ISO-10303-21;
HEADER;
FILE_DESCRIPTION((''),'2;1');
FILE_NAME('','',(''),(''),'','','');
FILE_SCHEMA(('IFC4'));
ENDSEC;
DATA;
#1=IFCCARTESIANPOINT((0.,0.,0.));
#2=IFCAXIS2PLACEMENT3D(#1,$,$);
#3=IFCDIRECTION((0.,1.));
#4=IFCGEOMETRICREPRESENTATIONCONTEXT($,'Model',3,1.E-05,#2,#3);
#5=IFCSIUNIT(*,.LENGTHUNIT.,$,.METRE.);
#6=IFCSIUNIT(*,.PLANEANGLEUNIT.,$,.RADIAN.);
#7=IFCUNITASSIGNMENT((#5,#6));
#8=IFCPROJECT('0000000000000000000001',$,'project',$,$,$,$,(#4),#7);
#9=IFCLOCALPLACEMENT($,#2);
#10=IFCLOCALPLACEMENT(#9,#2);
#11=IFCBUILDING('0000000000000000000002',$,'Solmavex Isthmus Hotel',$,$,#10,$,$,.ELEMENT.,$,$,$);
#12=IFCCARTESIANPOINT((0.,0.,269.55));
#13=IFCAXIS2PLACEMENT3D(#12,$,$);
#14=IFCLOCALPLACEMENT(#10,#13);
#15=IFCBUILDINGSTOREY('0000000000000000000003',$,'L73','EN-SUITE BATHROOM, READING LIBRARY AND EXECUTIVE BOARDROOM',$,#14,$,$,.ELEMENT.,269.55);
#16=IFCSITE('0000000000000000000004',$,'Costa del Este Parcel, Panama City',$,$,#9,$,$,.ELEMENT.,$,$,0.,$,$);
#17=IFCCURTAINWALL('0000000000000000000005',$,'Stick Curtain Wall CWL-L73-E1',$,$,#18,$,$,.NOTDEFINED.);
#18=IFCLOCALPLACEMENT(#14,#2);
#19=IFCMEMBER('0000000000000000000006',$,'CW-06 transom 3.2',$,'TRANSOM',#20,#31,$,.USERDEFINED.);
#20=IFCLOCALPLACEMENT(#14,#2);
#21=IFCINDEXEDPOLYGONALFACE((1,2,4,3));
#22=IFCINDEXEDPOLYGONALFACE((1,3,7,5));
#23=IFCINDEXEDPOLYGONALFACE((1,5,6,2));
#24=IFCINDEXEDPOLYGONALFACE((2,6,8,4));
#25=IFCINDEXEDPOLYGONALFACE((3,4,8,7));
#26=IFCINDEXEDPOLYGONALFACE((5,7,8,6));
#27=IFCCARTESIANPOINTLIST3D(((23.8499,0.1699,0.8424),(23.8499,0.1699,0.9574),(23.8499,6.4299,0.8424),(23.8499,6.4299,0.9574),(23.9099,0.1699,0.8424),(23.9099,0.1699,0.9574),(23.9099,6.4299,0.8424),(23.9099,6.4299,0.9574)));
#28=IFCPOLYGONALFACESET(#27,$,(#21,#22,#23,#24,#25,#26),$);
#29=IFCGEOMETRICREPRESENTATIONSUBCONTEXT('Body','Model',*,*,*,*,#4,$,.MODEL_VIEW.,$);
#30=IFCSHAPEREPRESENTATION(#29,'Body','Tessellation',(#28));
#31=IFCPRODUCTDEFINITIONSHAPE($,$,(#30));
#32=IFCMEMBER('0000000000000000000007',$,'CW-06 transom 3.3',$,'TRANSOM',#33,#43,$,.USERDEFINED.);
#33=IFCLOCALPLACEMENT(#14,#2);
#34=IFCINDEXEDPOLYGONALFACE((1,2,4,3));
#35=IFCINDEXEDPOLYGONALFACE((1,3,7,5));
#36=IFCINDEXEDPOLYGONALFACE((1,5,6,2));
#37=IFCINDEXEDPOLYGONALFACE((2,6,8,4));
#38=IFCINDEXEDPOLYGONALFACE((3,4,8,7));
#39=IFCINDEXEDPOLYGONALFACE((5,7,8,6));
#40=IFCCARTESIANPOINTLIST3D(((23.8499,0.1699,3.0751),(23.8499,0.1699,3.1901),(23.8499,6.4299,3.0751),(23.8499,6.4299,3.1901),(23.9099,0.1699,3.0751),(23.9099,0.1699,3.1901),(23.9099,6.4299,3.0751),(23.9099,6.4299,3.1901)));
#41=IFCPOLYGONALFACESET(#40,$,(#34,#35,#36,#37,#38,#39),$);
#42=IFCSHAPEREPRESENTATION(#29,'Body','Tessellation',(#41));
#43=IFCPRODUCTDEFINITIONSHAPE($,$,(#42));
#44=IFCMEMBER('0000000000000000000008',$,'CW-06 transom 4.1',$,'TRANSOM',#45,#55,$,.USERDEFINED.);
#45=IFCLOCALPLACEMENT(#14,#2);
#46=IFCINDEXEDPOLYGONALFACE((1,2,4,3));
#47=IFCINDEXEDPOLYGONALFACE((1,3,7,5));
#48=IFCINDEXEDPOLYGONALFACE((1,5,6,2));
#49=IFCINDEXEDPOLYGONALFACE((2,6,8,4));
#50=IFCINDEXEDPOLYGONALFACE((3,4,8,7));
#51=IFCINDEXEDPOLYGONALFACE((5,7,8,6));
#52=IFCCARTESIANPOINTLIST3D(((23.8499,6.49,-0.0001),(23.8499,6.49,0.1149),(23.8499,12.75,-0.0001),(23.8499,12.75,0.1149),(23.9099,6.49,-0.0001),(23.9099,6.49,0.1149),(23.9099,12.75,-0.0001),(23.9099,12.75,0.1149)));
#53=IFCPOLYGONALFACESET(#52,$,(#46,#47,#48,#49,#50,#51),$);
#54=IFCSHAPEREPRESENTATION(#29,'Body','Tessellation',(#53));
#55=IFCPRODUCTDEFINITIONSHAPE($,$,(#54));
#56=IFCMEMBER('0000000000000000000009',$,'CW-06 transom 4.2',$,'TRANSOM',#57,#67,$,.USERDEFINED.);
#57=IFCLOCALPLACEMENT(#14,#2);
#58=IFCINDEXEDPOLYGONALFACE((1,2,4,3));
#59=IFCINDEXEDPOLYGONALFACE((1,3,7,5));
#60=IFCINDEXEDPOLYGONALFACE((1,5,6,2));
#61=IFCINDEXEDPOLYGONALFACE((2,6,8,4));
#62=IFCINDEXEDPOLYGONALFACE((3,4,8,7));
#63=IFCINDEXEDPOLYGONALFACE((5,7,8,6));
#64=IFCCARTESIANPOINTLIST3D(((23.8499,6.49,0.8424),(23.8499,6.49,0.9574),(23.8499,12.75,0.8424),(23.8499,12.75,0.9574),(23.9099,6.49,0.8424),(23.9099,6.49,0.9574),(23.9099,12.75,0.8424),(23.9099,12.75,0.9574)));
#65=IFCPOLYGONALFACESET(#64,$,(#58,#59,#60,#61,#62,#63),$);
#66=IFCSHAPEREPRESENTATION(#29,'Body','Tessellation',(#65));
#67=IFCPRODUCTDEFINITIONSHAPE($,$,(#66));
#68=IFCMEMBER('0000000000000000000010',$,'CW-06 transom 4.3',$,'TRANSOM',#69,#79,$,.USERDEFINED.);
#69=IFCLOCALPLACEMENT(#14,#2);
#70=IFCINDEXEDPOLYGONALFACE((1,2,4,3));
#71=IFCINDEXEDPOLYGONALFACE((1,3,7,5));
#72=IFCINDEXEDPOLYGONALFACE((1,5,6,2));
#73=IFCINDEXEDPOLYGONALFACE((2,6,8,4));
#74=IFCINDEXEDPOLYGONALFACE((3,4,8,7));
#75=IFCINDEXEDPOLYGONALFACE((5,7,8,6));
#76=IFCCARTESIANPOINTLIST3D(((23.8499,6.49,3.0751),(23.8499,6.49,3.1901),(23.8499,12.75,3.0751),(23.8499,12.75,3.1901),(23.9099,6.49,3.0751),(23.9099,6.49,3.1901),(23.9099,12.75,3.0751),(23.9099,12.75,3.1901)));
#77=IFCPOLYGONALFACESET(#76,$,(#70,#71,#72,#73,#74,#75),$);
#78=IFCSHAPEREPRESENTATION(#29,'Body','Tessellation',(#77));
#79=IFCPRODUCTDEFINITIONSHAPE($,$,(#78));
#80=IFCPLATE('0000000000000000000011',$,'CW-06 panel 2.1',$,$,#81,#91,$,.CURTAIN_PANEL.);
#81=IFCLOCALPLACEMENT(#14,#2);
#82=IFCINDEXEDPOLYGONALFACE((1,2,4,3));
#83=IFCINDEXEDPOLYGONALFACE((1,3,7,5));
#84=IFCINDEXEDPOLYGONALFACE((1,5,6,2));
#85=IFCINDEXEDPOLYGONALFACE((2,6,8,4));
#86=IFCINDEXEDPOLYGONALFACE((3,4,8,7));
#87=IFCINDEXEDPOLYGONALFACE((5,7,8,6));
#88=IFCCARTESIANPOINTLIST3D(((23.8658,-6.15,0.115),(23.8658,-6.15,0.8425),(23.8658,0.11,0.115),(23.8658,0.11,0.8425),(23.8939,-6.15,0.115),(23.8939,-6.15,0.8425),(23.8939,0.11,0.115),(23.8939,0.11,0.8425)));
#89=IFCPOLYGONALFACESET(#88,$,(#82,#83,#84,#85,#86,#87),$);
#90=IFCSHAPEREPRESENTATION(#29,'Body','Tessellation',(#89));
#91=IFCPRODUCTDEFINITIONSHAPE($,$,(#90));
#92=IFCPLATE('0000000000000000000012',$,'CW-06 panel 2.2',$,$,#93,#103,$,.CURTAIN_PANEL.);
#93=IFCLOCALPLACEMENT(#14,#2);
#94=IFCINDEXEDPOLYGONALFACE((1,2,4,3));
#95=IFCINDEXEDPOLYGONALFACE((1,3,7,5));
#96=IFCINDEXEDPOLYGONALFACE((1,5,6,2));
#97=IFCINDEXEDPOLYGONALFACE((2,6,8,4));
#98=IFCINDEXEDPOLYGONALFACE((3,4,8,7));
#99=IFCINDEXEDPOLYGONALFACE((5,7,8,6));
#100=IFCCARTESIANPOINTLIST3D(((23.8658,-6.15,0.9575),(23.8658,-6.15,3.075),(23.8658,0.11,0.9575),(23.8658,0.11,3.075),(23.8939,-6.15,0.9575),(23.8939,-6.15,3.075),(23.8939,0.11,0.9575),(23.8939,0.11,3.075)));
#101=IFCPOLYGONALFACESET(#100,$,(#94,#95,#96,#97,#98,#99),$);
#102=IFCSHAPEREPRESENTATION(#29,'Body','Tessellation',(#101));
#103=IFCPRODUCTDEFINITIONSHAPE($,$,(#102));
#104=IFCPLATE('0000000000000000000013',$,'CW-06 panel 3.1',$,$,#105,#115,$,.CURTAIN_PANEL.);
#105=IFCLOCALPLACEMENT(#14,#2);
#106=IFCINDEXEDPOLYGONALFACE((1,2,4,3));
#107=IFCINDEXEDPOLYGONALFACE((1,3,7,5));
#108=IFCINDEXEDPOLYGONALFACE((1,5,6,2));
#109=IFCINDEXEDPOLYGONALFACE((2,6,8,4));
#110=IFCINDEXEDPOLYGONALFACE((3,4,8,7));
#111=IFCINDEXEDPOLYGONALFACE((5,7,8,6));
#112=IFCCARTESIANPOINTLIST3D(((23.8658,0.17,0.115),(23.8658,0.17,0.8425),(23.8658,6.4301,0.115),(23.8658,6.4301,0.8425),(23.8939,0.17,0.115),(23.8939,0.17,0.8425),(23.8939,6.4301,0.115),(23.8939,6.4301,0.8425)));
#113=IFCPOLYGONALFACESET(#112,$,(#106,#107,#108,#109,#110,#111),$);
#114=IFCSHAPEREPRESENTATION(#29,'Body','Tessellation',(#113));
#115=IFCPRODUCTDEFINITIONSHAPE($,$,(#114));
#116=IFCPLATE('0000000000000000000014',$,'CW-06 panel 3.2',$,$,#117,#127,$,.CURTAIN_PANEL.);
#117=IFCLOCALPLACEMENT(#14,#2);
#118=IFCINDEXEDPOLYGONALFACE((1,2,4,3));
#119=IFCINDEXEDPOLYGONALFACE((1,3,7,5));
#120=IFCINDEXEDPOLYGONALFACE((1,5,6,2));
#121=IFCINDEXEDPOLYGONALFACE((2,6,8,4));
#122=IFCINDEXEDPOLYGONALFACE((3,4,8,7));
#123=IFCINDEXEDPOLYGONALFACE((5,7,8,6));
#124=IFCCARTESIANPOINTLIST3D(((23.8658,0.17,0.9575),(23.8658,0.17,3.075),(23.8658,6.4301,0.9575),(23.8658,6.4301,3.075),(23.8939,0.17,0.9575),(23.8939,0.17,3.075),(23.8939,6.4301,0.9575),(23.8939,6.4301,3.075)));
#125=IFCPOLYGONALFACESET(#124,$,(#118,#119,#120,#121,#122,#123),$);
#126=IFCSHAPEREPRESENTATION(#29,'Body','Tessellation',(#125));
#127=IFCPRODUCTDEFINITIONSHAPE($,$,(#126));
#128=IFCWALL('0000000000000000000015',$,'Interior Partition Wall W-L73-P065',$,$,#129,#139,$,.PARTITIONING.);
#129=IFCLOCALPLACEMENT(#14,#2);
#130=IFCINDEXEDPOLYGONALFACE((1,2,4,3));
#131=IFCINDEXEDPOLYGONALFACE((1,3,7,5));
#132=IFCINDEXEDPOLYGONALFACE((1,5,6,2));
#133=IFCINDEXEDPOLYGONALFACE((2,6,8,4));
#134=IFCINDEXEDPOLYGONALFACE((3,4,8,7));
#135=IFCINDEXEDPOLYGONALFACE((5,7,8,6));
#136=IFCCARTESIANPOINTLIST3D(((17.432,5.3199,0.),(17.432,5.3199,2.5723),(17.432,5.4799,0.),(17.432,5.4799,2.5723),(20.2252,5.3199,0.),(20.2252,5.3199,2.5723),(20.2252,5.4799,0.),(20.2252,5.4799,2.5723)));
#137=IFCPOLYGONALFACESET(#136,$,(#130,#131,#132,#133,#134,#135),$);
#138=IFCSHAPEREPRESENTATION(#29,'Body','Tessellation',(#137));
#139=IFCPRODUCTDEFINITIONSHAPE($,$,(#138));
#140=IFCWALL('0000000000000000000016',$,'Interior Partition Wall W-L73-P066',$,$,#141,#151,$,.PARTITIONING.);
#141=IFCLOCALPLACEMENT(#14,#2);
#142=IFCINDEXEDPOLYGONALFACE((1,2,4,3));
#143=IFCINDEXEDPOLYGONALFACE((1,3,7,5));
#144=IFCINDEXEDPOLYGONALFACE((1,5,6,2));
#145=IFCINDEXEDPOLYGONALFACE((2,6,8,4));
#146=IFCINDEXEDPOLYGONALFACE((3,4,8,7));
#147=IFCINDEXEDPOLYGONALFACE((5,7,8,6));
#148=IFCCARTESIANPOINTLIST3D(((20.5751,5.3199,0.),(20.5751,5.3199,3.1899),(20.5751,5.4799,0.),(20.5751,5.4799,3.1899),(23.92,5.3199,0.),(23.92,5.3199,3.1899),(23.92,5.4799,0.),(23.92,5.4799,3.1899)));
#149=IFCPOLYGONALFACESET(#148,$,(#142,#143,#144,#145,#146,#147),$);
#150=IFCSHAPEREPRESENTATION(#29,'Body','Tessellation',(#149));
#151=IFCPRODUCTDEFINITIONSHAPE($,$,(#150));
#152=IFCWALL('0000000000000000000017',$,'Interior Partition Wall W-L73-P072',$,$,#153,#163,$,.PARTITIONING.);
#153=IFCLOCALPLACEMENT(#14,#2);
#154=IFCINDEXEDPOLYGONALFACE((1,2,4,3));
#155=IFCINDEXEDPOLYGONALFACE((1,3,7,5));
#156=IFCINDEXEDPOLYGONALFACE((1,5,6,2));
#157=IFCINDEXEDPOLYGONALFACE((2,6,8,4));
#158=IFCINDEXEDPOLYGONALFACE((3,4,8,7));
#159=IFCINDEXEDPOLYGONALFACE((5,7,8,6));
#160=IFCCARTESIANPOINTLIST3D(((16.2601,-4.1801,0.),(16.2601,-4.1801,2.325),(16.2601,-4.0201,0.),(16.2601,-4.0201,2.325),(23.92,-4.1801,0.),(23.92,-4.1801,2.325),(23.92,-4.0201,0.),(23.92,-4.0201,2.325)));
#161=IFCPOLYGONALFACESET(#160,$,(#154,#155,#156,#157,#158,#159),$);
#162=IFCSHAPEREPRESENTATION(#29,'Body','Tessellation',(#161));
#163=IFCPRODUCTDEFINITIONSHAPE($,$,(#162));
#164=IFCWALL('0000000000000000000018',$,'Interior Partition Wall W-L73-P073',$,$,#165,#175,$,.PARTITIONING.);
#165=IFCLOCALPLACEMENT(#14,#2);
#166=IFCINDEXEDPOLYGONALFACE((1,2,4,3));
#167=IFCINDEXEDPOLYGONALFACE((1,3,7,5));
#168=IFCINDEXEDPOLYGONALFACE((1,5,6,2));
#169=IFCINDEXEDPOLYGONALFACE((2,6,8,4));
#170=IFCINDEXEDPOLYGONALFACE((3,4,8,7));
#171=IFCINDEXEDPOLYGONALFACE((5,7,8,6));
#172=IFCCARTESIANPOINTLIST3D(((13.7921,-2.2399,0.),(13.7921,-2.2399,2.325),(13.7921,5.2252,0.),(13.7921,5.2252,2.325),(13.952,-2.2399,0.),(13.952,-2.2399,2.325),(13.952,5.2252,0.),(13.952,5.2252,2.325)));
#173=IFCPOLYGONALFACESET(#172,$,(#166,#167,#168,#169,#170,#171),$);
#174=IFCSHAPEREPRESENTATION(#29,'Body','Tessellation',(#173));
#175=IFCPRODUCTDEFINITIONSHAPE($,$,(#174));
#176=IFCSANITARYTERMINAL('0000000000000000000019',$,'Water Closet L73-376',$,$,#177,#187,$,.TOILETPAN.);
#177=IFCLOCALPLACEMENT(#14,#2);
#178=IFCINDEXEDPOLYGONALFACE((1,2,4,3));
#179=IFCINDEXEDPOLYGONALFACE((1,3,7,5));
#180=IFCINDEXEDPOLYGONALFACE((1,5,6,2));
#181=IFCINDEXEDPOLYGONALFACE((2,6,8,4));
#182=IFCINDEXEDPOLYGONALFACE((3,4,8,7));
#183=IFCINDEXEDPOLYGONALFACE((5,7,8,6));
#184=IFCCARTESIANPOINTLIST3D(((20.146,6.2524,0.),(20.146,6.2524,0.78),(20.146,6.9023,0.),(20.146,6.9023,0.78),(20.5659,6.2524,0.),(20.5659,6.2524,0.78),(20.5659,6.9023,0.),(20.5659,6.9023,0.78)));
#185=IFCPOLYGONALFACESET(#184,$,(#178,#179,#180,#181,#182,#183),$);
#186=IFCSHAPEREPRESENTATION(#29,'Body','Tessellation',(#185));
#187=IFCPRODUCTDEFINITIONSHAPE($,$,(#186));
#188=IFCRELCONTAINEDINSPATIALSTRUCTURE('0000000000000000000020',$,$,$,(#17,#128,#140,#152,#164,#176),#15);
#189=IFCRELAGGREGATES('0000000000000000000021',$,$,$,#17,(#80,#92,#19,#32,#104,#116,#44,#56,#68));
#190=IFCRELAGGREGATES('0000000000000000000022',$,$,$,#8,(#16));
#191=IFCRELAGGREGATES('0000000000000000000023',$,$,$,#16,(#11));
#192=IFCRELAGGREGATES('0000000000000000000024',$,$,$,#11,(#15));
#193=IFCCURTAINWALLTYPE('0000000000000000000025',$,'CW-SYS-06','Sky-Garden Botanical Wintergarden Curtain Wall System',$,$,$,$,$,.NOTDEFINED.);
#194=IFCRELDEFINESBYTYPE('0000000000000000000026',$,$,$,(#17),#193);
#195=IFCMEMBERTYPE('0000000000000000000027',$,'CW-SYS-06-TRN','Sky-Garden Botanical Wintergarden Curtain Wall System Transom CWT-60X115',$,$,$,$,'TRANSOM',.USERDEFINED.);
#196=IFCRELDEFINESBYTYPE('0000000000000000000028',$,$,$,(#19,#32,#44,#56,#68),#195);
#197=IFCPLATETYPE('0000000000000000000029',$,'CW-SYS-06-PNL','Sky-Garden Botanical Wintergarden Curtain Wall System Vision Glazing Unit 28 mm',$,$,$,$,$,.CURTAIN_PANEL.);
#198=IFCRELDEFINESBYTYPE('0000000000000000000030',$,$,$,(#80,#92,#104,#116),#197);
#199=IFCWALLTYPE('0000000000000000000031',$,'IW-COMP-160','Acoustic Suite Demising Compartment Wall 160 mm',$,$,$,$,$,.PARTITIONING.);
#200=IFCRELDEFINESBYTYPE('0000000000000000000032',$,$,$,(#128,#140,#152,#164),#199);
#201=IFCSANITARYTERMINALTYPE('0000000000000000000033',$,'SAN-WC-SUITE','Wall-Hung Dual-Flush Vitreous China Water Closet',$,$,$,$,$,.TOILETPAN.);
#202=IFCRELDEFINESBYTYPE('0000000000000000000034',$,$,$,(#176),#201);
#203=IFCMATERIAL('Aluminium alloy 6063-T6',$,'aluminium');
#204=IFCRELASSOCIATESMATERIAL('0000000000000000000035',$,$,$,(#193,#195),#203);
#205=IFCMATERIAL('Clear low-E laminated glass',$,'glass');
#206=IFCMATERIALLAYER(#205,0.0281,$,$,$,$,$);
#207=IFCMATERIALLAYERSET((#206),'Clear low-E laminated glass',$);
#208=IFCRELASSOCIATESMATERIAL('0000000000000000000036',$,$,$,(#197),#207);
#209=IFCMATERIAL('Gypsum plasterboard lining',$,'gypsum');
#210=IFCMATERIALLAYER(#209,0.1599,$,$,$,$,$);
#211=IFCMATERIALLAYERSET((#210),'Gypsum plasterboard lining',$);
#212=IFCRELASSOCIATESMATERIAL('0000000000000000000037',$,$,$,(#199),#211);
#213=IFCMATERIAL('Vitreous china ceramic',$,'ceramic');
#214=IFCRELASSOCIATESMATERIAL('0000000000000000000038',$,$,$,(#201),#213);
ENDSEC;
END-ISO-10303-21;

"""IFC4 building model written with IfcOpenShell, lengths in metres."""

from ifc_helpers import new_model, si_unit, direction, frame, frame_2d, origin, origin_2d, place, context, subcontext, project, spatial, rectangle, extrude, material, layer, layer_set, material_profile, profile_set, type_object, element, aggregate, save


model = new_model("IFC4")

# Units and contexts
model_context = context("Model", 3, precision=1e-05, world=origin(), true_north=direction((0.0, 1.0)))
body_context = subcontext(model_context, "Body", "Model", "MODEL_VIEW")
ifc_project = project(units=[si_unit("LENGTHUNIT", "METRE"), si_unit("PLANEANGLEUNIT", "RADIAN")], contexts=[model_context])

# Site, building, storey
site_placement = place(None, origin())
site = spatial("IfcSite", under=ifc_project, at=site_placement, Name="Costa del Este Parcel, Panama City", CompositionType="ELEMENT", RefElevation=0.0)
building_placement = place(site_placement, origin())
building = spatial("IfcBuilding", under=site, at=building_placement, Name="Solmavex Isthmus Hotel", CompositionType="ELEMENT")
storey_placement = place(building_placement, frame((0.0, 0.0, 269.55)))
storey = spatial("IfcBuildingStorey", under=building, at=storey_placement, Name="L73", Description="EN-SUITE BATHROOM, READING LIBRARY AND EXECUTIVE BOARDROOM", CompositionType="ELEMENT", Elevation=269.55)

# Curtain wall, members, plates
ifc_material_1 = material(Name="Aluminium alloy 6063-T6", Category="aluminium")
curtain_wall_type = type_object("IfcCurtainWallType", Name="CW-SYS-06", Description="Sky-Garden Botanical Wintergarden Curtain Wall System", PredefinedType="NOTDEFINED", material=ifc_material_1)
curtain_wall_placement = place(storey_placement, origin())
curtain_wall = element("IfcCurtainWall", 1, at=curtain_wall_placement, inside=storey, type_object=curtain_wall_type, Name="Stick Curtain Wall CWL-L73-E1", PredefinedType="NOTDEFINED")
ifc_material_profile_1 = material_profile(ifc_material_1, rectangle(XDim=0.0601, YDim=0.115, at=origin_2d()), Name="CWT-60X115")
ifc_profile_set_1 = profile_set([ifc_material_profile_1], Name="Aluminium alloy 6063-T6")
member_type_1 = type_object("IfcMemberType", Name="CW-SYS-06-TRN", Description="Sky-Garden Botanical Wintergarden Curtain Wall System Transom CWT-60X115", ElementType="TRANSOM", PredefinedType="USERDEFINED", material=ifc_profile_set_1)
member_1_placement = place(storey_placement, frame((23.8799, 0.1699, 0.8999), z_axis=(0.0, 1.0, 0.0), x_axis=(-1.0, 0.0, 0.0)))
member_1 = element("IfcMember", 2, at=member_1_placement, type_object=member_type_1, Name="CW-06 transom 3.2", ObjectType="TRANSOM", PredefinedType="USERDEFINED", context=body_context, shape_type="SweptSolid", body=[
    extrude(rectangle(XDim=0.0601, YDim=0.115, at=origin_2d()), origin(), (0.0, 0.0, 1.0), 6.26),
])
member_2_placement = place(storey_placement, frame((23.8799, 0.1699, 3.1326), z_axis=(0.0, 1.0, 0.0), x_axis=(-1.0, 0.0, 0.0)))
member_2 = element("IfcMember", 3, at=member_2_placement, type_object=member_type_1, Name="CW-06 transom 3.3", ObjectType="TRANSOM", PredefinedType="USERDEFINED", context=body_context, shape_type="SweptSolid", body=[
    extrude(rectangle(XDim=0.0601, YDim=0.115, at=origin_2d()), origin(), (0.0, 0.0, 1.0), 6.26),
])
member_3_placement = place(storey_placement, frame((23.8799, 6.49, 0.0574), z_axis=(0.0, 1.0, 0.0), x_axis=(-1.0, 0.0, 0.0)))
member_3 = element("IfcMember", 4, at=member_3_placement, type_object=member_type_1, Name="CW-06 transom 4.1", ObjectType="TRANSOM", PredefinedType="USERDEFINED", context=body_context, shape_type="SweptSolid", body=[
    extrude(rectangle(XDim=0.0601, YDim=0.115, at=origin_2d()), origin(), (0.0, 0.0, 1.0), 6.26),
])
member_4_placement = place(storey_placement, frame((23.8799, 6.49, 0.8999), z_axis=(0.0, 1.0, 0.0), x_axis=(-1.0, 0.0, 0.0)))
member_4 = element("IfcMember", 5, at=member_4_placement, type_object=member_type_1, Name="CW-06 transom 4.2", ObjectType="TRANSOM", PredefinedType="USERDEFINED", context=body_context, shape_type="SweptSolid", body=[
    extrude(rectangle(XDim=0.0601, YDim=0.115, at=origin_2d()), origin(), (0.0, 0.0, 1.0), 6.26),
])
member_5_placement = place(storey_placement, frame((23.8799, 6.49, 3.1326), z_axis=(0.0, 1.0, 0.0), x_axis=(-1.0, 0.0, 0.0)))
member_5 = element("IfcMember", 6, at=member_5_placement, type_object=member_type_1, Name="CW-06 transom 4.3", ObjectType="TRANSOM", PredefinedType="USERDEFINED", context=body_context, shape_type="SweptSolid", body=[
    extrude(rectangle(XDim=0.0601, YDim=0.115, at=origin_2d()), origin(), (0.0, 0.0, 1.0), 6.26),
])
ifc_material_2 = material(Name="Clear low-E laminated glass", Category="glass")
ifc_layer_1 = layer(ifc_material_2, 0.0281)
ifc_layer_set_1 = layer_set([ifc_layer_1], Name="Clear low-E laminated glass")
plate_type = type_object("IfcPlateType", Name="CW-SYS-06-PNL", Description="Sky-Garden Botanical Wintergarden Curtain Wall System Vision Glazing Unit 28 mm", PredefinedType="CURTAIN_PANEL", material=ifc_layer_set_1)
plate_1_placement = place(storey_placement, frame((23.8799, -3.02, 0.115), z_axis=(0.0, 0.0, 1.0), x_axis=(0.0, 1.0, 0.0)))
plate_1 = element("IfcPlate", 7, at=plate_1_placement, type_object=plate_type, Name="CW-06 panel 2.1", PredefinedType="CURTAIN_PANEL", context=body_context, shape_type="SweptSolid", body=[
    extrude(rectangle(XDim=6.26, YDim=0.0281, at=origin_2d()), origin(), (0.0, 0.0, 1.0), 0.7275),
])
plate_2_placement = place(storey_placement, frame((23.8799, -3.02, 0.9575), z_axis=(0.0, 0.0, 1.0), x_axis=(0.0, 1.0, 0.0)))
plate_2 = element("IfcPlate", 8, at=plate_2_placement, type_object=plate_type, Name="CW-06 panel 2.2", PredefinedType="CURTAIN_PANEL", context=body_context, shape_type="SweptSolid", body=[
    extrude(rectangle(XDim=6.26, YDim=0.0281, at=origin_2d()), origin(), (0.0, 0.0, 1.0), 2.1174),
])
plate_3_placement = place(storey_placement, frame((23.8799, 3.3, 0.115), z_axis=(0.0, 0.0, 1.0), x_axis=(0.0, 1.0, 0.0)))
plate_3 = element("IfcPlate", 9, at=plate_3_placement, type_object=plate_type, Name="CW-06 panel 3.1", PredefinedType="CURTAIN_PANEL", context=body_context, shape_type="SweptSolid", body=[
    extrude(rectangle(XDim=6.26, YDim=0.0281, at=origin_2d()), origin(), (0.0, 0.0, 1.0), 0.7275),
])
plate_4_placement = place(storey_placement, frame((23.8799, 3.3, 0.9575), z_axis=(0.0, 0.0, 1.0), x_axis=(0.0, 1.0, 0.0)))
plate_4 = element("IfcPlate", 10, at=plate_4_placement, type_object=plate_type, Name="CW-06 panel 3.2", PredefinedType="CURTAIN_PANEL", context=body_context, shape_type="SweptSolid", body=[
    extrude(rectangle(XDim=6.26, YDim=0.0281, at=origin_2d()), origin(), (0.0, 0.0, 1.0), 2.1174),
])
aggregate(curtain_wall, [plate_1, plate_2, member_1, member_2, plate_3, plate_4, member_3, member_4, member_5])

# Walls
ifc_material_3 = material(Name="Gypsum plasterboard lining", Category="gypsum")
ifc_layer_2 = layer(ifc_material_3, 0.1599)
ifc_layer_set_2 = layer_set([ifc_layer_2], Name="Gypsum plasterboard lining")
wall_type_1 = type_object("IfcWallType", Name="IW-COMP-160", Description="Acoustic Suite Demising Compartment Wall 160 mm", PredefinedType="PARTITIONING", material=ifc_layer_set_2)
wall_1_placement = place(storey_placement, frame((20.2251, 5.3999, 0.0), z_axis=(0.0, 0.0, 1.0), x_axis=(-1.0, 0.0, 0.0)))
element("IfcWall", 11, at=wall_1_placement, inside=storey, type_object=wall_type_1, Name="Interior Partition Wall W-L73-P065", PredefinedType="PARTITIONING", context=body_context, shape_type="SweptSolid", body=[
    extrude(rectangle(XDim=2.7932, YDim=0.1599, at=frame_2d((1.3965, 0.0))), origin(), (0.0, 0.0, 1.0), 2.5723),
])
wall_2_placement = place(storey_placement, frame((23.9199, 5.3999, 0.0), z_axis=(0.0, 0.0, 1.0), x_axis=(-1.0, 0.0, 0.0)))
element("IfcWall", 12, at=wall_2_placement, inside=storey, type_object=wall_type_1, Name="Interior Partition Wall W-L73-P066", PredefinedType="PARTITIONING", context=body_context, shape_type="SweptSolid", body=[
    extrude(rectangle(XDim=3.345, YDim=0.1599, at=frame_2d((1.6724, 0.0))), origin(), (0.0, 0.0, 1.0), 3.1899),
])
wall_3_placement = place(storey_placement, frame((16.26, -4.1001, 0.0), z_axis=(0.0, 0.0, 1.0), x_axis=(1.0, 0.0, 0.0)))
element("IfcWall", 13, at=wall_3_placement, inside=storey, type_object=wall_type_1, Name="Interior Partition Wall W-L73-P072", PredefinedType="PARTITIONING", context=body_context, shape_type="SweptSolid", body=[
    extrude(rectangle(XDim=7.6599, YDim=0.1599, at=frame_2d((3.8301, 0.0))), origin(), (0.0, 0.0, 1.0), 2.325),
])
wall_4_placement = place(storey_placement, frame((13.8721, 5.2251, 0.0), z_axis=(0.0, 0.0, 1.0), x_axis=(0.0, -1.0, 0.0)))
element("IfcWall", 14, at=wall_4_placement, inside=storey, type_object=wall_type_1, Name="Interior Partition Wall W-L73-P073", PredefinedType="PARTITIONING", context=body_context, shape_type="SweptSolid", body=[
    extrude(rectangle(XDim=7.4651, YDim=0.1599, at=frame_2d((3.7324, 0.0))), origin(), (0.0, 0.0, 1.0), 2.325),
])

# Sanitary terminal
ifc_material_4 = material(Name="Vitreous china ceramic", Category="ceramic")
sanitary_terminal_type = type_object("IfcSanitaryTerminalType", Name="SAN-WC-SUITE", Description="Wall-Hung Dual-Flush Vitreous China Water Closet", PredefinedType="TOILETPAN", material=ifc_material_4)
sanitary_terminal_placement = place(storey_placement, frame((20.356, 6.5774, 0.0), z_axis=(0.0, 0.0, 1.0), x_axis=(1.0, 0.0, 0.0)))
element("IfcSanitaryTerminal", 15, at=sanitary_terminal_placement, inside=storey, type_object=sanitary_terminal_type, Name="Water Closet L73-376", PredefinedType="TOILETPAN", context=body_context, shape_type="SweptSolid", body=[
    extrude(rectangle(XDim=0.4199, YDim=0.6499, at=origin_2d()), origin(), (0.0, 0.0, 1.0), 0.78),
])

save(model, "model.ifc")
